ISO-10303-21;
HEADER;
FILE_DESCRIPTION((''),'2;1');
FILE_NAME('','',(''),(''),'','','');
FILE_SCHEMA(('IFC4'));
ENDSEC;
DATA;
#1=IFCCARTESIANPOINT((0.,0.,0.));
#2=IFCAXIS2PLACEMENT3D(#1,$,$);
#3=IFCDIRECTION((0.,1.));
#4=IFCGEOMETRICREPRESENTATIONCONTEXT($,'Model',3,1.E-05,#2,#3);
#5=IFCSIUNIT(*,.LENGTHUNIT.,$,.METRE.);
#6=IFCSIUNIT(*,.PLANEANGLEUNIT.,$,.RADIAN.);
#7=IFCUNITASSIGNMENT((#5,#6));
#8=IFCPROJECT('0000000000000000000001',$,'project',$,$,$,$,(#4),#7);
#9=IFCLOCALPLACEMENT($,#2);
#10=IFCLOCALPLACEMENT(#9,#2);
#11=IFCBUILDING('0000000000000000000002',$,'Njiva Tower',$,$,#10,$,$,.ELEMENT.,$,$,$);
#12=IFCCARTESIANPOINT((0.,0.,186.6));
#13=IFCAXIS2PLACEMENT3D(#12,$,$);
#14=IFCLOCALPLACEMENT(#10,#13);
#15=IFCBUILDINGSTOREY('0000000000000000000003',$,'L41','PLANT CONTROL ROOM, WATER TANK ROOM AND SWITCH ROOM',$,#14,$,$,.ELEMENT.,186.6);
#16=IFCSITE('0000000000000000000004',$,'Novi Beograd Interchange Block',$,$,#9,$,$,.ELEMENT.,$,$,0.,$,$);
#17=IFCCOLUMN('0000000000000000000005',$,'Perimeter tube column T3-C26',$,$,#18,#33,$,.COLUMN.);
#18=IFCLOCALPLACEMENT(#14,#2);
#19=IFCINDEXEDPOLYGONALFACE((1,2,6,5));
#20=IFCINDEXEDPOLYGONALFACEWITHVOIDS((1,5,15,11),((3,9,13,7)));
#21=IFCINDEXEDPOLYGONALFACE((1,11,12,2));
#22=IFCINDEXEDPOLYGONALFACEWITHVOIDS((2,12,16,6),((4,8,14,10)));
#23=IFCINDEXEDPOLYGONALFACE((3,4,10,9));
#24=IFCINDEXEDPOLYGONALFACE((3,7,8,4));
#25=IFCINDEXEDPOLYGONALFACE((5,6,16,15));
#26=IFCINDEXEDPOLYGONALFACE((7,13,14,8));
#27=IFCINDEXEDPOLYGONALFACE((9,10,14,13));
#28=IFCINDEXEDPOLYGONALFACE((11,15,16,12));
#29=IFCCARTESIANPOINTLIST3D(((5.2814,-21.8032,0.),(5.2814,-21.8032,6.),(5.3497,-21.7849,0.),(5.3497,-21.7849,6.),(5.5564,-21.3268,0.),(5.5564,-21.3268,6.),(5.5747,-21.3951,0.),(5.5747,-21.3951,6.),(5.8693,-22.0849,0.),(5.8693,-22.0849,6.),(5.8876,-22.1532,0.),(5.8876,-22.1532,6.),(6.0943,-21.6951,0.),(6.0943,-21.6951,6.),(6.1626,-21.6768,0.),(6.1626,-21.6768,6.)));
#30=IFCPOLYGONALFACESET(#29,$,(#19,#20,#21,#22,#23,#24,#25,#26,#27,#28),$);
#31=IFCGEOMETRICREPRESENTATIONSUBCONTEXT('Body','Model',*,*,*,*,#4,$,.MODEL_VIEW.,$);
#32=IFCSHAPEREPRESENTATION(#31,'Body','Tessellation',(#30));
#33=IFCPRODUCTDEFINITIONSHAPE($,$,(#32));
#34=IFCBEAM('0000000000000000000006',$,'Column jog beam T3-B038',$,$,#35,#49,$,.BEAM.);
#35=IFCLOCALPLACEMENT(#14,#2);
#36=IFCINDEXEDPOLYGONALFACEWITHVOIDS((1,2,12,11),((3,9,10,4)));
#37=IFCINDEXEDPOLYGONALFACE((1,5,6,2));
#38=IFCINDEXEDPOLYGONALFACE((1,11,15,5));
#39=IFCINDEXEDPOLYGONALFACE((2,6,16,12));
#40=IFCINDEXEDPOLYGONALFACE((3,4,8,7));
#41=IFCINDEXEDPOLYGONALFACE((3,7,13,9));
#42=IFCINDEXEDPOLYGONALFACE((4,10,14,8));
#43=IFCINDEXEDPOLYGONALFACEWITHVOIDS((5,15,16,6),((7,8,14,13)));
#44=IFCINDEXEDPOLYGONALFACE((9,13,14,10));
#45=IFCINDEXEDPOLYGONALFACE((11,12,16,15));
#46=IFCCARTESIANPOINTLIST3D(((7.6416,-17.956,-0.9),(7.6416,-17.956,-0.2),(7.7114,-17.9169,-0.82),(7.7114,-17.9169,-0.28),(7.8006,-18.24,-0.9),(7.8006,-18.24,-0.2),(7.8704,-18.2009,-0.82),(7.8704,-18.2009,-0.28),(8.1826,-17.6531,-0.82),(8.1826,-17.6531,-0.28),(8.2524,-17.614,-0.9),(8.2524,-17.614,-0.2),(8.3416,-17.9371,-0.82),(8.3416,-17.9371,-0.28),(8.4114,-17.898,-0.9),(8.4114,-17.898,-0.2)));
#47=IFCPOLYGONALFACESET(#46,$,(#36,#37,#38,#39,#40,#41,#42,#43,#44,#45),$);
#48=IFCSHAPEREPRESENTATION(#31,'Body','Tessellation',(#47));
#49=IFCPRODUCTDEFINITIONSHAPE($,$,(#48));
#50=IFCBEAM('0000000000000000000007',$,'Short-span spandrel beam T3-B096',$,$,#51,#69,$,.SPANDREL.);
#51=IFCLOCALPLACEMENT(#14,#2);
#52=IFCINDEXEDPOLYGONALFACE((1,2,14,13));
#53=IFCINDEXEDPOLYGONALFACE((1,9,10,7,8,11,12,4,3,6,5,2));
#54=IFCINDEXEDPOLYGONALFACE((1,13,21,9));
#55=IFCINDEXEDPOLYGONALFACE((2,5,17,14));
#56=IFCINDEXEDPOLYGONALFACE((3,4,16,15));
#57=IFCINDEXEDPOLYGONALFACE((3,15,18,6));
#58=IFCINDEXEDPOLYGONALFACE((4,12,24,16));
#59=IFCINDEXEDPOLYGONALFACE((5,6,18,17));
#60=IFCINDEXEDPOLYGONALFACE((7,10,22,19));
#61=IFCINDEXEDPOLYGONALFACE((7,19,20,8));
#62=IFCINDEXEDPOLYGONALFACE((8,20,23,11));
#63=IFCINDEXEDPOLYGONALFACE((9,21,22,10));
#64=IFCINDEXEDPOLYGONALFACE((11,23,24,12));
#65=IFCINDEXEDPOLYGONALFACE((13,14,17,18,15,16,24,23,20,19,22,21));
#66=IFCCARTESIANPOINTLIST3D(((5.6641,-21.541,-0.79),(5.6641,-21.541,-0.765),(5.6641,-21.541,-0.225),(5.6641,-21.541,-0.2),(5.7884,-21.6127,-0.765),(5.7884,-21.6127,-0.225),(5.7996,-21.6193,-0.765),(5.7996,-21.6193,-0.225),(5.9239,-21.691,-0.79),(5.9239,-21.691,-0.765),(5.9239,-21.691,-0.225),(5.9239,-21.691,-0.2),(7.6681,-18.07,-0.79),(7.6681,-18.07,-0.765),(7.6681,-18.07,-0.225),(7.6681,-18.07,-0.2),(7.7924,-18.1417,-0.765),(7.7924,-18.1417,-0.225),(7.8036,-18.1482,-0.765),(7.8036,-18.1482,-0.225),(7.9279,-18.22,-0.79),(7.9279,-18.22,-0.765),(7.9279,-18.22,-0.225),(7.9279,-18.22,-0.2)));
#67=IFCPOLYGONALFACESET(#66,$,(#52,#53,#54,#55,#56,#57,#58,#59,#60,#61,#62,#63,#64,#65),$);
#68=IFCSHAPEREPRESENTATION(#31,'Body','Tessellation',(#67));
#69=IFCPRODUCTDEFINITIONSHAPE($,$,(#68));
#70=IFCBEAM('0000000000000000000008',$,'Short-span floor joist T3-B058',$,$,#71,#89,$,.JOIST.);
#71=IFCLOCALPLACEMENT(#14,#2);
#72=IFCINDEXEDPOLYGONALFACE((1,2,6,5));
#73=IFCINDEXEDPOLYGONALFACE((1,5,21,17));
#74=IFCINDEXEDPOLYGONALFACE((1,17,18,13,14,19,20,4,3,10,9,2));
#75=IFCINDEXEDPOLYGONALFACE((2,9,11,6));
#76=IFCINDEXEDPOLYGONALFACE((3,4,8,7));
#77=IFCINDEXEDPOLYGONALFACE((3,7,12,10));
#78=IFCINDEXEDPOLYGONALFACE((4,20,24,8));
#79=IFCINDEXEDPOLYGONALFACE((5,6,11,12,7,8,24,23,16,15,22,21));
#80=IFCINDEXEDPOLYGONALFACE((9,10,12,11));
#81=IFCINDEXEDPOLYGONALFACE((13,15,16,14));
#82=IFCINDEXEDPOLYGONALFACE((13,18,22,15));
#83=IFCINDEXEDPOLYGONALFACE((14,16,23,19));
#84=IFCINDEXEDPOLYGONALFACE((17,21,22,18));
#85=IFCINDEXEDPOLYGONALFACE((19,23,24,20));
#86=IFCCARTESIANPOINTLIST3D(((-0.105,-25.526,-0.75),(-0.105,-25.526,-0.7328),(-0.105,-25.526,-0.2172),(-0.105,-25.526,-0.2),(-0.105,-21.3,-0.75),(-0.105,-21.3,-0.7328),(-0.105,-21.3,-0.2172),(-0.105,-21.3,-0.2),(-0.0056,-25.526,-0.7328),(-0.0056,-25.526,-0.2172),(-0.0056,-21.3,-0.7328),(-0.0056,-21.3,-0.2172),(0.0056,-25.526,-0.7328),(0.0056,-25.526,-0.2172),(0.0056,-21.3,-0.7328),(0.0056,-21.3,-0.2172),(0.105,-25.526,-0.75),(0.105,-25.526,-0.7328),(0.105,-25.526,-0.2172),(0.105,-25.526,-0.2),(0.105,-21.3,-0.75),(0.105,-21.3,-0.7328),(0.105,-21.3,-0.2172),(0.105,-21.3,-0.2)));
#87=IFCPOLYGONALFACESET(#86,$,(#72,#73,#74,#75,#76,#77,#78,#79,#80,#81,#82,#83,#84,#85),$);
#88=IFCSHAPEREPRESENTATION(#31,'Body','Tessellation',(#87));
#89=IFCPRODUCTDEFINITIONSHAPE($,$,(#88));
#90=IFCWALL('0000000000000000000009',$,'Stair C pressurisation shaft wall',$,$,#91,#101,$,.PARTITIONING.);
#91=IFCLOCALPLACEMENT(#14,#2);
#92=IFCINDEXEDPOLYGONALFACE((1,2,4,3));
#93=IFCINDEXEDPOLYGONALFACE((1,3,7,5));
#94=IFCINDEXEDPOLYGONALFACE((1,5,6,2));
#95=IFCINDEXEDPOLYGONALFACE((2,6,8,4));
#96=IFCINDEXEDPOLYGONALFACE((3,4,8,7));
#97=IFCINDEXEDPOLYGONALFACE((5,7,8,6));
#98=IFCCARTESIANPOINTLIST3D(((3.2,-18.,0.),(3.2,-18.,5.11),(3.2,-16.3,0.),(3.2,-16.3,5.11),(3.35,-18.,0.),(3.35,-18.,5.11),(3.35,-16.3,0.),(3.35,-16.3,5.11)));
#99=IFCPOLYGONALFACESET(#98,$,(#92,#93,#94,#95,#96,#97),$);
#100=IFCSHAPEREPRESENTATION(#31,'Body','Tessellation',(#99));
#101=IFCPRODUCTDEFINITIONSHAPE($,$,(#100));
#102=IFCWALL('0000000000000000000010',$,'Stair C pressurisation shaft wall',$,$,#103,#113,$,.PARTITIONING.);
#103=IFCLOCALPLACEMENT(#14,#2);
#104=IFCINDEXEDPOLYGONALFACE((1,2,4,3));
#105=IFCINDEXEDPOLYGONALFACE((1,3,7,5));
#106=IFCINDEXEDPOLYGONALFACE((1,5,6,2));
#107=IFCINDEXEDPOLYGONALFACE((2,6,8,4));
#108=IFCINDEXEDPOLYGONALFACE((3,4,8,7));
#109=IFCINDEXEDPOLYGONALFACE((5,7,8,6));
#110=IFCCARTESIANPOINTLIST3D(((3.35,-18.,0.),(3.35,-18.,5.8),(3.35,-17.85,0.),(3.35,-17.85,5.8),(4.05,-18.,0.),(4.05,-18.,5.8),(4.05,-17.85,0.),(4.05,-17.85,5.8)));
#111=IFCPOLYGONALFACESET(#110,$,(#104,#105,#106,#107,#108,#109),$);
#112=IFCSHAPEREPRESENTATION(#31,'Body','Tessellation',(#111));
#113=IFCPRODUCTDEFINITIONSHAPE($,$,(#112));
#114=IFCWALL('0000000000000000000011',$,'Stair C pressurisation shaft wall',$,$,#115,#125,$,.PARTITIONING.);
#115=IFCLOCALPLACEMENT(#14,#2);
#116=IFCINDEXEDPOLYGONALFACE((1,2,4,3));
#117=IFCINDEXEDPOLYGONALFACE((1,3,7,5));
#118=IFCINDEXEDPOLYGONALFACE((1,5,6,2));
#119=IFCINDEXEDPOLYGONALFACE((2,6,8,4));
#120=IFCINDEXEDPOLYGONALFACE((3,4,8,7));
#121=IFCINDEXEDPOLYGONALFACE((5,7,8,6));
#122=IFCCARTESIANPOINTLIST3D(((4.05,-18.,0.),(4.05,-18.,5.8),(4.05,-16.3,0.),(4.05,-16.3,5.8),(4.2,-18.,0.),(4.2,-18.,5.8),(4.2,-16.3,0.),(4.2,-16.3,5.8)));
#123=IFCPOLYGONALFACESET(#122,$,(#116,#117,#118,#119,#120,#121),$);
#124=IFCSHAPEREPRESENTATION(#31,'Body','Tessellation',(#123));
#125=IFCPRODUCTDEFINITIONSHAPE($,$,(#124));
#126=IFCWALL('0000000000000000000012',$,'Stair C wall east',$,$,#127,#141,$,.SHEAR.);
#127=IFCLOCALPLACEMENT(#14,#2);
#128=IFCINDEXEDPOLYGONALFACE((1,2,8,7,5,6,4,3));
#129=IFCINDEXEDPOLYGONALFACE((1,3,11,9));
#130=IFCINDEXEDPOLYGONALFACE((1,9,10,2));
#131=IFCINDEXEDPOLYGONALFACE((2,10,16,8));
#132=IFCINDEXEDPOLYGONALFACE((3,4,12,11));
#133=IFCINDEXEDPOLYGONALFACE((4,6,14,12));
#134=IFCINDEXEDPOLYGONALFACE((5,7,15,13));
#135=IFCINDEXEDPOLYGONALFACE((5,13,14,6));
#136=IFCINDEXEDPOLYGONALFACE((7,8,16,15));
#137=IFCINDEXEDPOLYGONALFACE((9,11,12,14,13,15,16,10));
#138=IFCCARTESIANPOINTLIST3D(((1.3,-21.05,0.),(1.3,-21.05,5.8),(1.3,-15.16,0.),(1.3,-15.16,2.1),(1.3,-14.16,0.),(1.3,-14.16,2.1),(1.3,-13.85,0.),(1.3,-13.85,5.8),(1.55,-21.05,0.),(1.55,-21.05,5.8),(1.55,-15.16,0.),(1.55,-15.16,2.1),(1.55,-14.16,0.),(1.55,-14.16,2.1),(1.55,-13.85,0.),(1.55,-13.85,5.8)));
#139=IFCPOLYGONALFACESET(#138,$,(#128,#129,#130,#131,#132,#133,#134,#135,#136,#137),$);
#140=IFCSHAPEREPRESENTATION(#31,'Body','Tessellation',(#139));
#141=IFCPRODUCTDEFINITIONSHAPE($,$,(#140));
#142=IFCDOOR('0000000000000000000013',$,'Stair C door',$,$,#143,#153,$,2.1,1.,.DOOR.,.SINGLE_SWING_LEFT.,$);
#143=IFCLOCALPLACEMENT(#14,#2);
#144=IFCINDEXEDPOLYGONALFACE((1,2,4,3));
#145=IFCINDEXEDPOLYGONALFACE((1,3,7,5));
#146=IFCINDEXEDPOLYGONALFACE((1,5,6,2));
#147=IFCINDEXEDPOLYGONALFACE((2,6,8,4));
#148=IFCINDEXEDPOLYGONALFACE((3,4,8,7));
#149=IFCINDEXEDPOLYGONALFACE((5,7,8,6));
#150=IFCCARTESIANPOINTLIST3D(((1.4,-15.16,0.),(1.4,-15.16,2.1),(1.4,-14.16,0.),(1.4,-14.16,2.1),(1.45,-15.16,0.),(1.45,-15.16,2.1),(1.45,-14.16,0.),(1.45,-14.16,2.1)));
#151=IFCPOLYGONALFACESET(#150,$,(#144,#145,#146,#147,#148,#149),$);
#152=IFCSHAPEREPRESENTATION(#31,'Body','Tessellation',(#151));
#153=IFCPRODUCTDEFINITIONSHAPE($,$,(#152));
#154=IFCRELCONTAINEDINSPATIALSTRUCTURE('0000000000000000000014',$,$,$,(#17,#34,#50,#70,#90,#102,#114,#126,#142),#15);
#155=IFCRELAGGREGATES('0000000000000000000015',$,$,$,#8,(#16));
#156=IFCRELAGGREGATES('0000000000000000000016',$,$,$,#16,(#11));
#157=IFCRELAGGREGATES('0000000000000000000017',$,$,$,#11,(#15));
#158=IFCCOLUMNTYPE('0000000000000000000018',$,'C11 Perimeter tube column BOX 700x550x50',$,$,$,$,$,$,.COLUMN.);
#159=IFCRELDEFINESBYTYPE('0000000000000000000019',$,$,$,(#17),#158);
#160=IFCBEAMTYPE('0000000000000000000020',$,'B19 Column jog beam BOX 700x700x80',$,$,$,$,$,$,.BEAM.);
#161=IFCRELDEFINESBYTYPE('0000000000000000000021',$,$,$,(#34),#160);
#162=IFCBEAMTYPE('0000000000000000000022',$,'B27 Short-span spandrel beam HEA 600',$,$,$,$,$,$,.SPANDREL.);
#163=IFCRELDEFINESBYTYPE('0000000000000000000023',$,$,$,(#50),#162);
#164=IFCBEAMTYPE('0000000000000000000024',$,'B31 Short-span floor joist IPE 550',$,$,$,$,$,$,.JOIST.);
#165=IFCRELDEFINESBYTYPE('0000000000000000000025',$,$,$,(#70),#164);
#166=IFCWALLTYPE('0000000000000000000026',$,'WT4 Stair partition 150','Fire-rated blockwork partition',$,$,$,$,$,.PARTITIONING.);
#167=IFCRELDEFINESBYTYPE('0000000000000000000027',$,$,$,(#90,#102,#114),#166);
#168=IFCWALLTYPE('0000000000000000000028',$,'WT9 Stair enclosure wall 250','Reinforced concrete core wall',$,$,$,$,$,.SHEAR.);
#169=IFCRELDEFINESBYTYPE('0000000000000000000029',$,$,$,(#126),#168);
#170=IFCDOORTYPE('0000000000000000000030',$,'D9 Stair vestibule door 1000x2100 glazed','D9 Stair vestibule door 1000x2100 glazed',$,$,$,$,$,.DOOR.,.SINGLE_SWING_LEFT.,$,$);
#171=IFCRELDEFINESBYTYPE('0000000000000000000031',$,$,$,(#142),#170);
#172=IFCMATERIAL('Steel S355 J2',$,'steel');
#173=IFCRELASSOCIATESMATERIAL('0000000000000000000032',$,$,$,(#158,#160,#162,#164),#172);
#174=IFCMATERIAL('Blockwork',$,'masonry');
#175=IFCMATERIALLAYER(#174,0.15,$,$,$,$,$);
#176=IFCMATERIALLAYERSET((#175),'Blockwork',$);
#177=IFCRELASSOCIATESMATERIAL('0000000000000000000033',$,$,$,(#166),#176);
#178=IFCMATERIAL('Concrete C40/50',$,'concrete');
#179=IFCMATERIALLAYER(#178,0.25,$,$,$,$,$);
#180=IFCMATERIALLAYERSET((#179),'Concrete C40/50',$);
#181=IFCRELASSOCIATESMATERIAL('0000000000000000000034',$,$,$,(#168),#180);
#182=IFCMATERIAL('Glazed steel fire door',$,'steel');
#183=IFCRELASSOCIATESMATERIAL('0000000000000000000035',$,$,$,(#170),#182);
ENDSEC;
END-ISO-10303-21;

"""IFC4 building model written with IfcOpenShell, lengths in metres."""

from ifc_helpers import new_model, si_unit, direction, frame, frame_2d, origin, origin_2d, place, context, subcontext, project, spatial, rectangle, hollow_rectangle, i_section, extrude, material, layer, layer_set, material_profile, profile_set, type_object, element, fill, save


model = new_model("IFC4")

# Units and contexts
model_context = context("Model", 3, precision=1e-05, world=origin(), true_north=direction((0.0, 1.0)))
body_context = subcontext(model_context, "Body", "Model", "MODEL_VIEW")
ifc_project = project(units=[si_unit("LENGTHUNIT", "METRE"), si_unit("PLANEANGLEUNIT", "RADIAN")], contexts=[model_context])

# Site, building, storey
site_placement = place(None, origin())
site = spatial("IfcSite", under=ifc_project, at=site_placement, Name="Novi Beograd Interchange Block", CompositionType="ELEMENT", RefElevation=0.0)
building_placement = place(site_placement, origin())
building = spatial("IfcBuilding", under=site, at=building_placement, Name="Njiva Tower", CompositionType="ELEMENT")
storey_placement = place(building_placement, frame((0.0, 0.0, 186.6)))
storey = spatial("IfcBuildingStorey", under=building, at=storey_placement, Name="L41", Description="PLANT CONTROL ROOM, WATER TANK ROOM AND SWITCH ROOM", CompositionType="ELEMENT", Elevation=186.6)

# Column
ifc_material_1 = material(Name="Steel S355 J2", Category="steel")
ifc_material_profile_1 = material_profile(ifc_material_1, hollow_rectangle(XDim=0.55, YDim=0.7, WallThickness=0.05, at=origin_2d()), Name="BOX 700x550x50")
ifc_profile_set_1 = profile_set([ifc_material_profile_1], Name="Steel S355 J2")
column_type = type_object("IfcColumnType", Name="C11 Perimeter tube column BOX 700x550x50", PredefinedType="COLUMN", material=ifc_profile_set_1)
column_placement = place(storey_placement, frame((5.722, -21.74, 0.0), z_axis=(0.0, 0.0, 1.0), x_axis=(0.5, 0.866025, 0.0)))
element("IfcColumn", 1, at=column_placement, inside=storey, type_object=column_type, Name="Perimeter tube column T3-C26", PredefinedType="COLUMN", context=body_context, shape_type="SweptSolid", body=[
    extrude(hollow_rectangle(XDim=0.55, YDim=0.7, WallThickness=0.05, at=origin_2d()), origin(), (0.0, 0.0, 1.0), 6.0),
])

# Beams
ifc_material_profile_2 = material_profile(ifc_material_1, hollow_rectangle(XDim=0.7, YDim=0.7, WallThickness=0.08, at=origin_2d()), Name="BOX 700x700x80")
ifc_profile_set_2 = profile_set([ifc_material_profile_2], Name="Steel S355 J2")
beam_type_1 = type_object("IfcBeamType", Name="B19 Column jog beam BOX 700x700x80", PredefinedType="BEAM", material=ifc_profile_set_2)
beam_1_placement = place(storey_placement, frame((8.106, -18.069, -0.55), z_axis=(-0.48851, 0.872558, 0.0), x_axis=(-0.872558, -0.48851, 0.0)))
element("IfcBeam", 2, at=beam_1_placement, inside=storey, type_object=beam_type_1, Name="Column jog beam T3-B038", PredefinedType="BEAM", context=body_context, shape_type="SweptSolid", body=[
    extrude(hollow_rectangle(XDim=0.7, YDim=0.7, WallThickness=0.08, at=origin_2d()), origin(), (0.0, 0.0, 1.0), 0.3255),
])
ifc_material_profile_3 = material_profile(ifc_material_1, i_section(OverallWidth=0.3, OverallDepth=0.59, WebThickness=0.013, FlangeThickness=0.025, at=origin_2d()), Name="HEA 600")
ifc_profile_set_3 = profile_set([ifc_material_profile_3], Name="Steel S355 J2")
beam_type_2 = type_object("IfcBeamType", Name="B27 Short-span spandrel beam HEA 600", PredefinedType="SPANDREL", material=ifc_profile_set_3)
beam_2_placement = place(storey_placement, frame((5.794, -21.616, -0.495), z_axis=(0.500003, 0.866024, 0.0), x_axis=(-0.866024, 0.500003, 0.0)))
element("IfcBeam", 3, at=beam_2_placement, inside=storey, type_object=beam_type_2, Name="Short-span spandrel beam T3-B096", PredefinedType="SPANDREL", context=body_context, shape_type="SweptSolid", body=[
    extrude(i_section(OverallWidth=0.3, OverallDepth=0.59, WebThickness=0.013, FlangeThickness=0.025, at=origin_2d()), origin(), (0.0, 0.0, 1.0), 4.008),
])
ifc_material_profile_4 = material_profile(ifc_material_1, i_section(OverallWidth=0.21, OverallDepth=0.55, WebThickness=0.0111, FlangeThickness=0.0172, at=origin_2d()), Name="IPE 550")
ifc_profile_set_4 = profile_set([ifc_material_profile_4], Name="Steel S355 J2")
beam_type_3 = type_object("IfcBeamType", Name="B31 Short-span floor joist IPE 550", PredefinedType="JOIST", material=ifc_profile_set_4)
beam_3_placement = place(storey_placement, frame((0.0, -21.3, -0.475), z_axis=(0.0, -1.0, 0.0), x_axis=(1.0, 0.0, 0.0)))
element("IfcBeam", 4, at=beam_3_placement, inside=storey, type_object=beam_type_3, Name="Short-span floor joist T3-B058", PredefinedType="JOIST", context=body_context, shape_type="SweptSolid", body=[
    extrude(i_section(OverallWidth=0.21, OverallDepth=0.55, WebThickness=0.0111, FlangeThickness=0.0172, at=origin_2d()), origin(), (0.0, 0.0, 1.0), 4.226),
])

# Walls
ifc_material_2 = material(Name="Blockwork", Category="masonry")
ifc_layer_1 = layer(ifc_material_2, 0.15)
ifc_layer_set_1 = layer_set([ifc_layer_1], Name="Blockwork")
wall_type_1 = type_object("IfcWallType", Name="WT4 Stair partition 150", Description="Fire-rated blockwork partition", PredefinedType="PARTITIONING", material=ifc_layer_set_1)
wall_1_placement = place(storey_placement, frame((3.275, -18.0, 0.0), z_axis=(0.0, 0.0, 1.0), x_axis=(0.0, 1.0, 0.0)))
element("IfcWall", 5, at=wall_1_placement, inside=storey, type_object=wall_type_1, Name="Stair C pressurisation shaft wall", PredefinedType="PARTITIONING", context=body_context, shape_type="SweptSolid", body=[
    extrude(rectangle(XDim=1.7, YDim=0.15, at=frame_2d((0.85, 0.0))), origin(), (0.0, 0.0, 1.0), 5.11),
])
wall_2_placement = place(storey_placement, frame((3.35, -17.925, 0.0), z_axis=(0.0, 0.0, 1.0), x_axis=(1.0, 0.0, 0.0)))
element("IfcWall", 6, at=wall_2_placement, inside=storey, type_object=wall_type_1, Name="Stair C pressurisation shaft wall", PredefinedType="PARTITIONING", context=body_context, shape_type="SweptSolid", body=[
    extrude(rectangle(XDim=0.7, YDim=0.15, at=frame_2d((0.35, 0.0))), origin(), (0.0, 0.0, 1.0), 5.8),
])
wall_3_placement = place(storey_placement, frame((4.125, -18.0, 0.0), z_axis=(0.0, 0.0, 1.0), x_axis=(0.0, 1.0, 0.0)))
element("IfcWall", 7, at=wall_3_placement, inside=storey, type_object=wall_type_1, Name="Stair C pressurisation shaft wall", PredefinedType="PARTITIONING", context=body_context, shape_type="SweptSolid", body=[
    extrude(rectangle(XDim=1.7, YDim=0.15, at=frame_2d((0.85, 0.0))), origin(), (0.0, 0.0, 1.0), 5.8),
])

# Wall, opening, door
ifc_material_3 = material(Name="Concrete C40/50", Category="concrete")
ifc_layer_2 = layer(ifc_material_3, 0.25)
ifc_layer_set_2 = layer_set([ifc_layer_2], Name="Concrete C40/50")
wall_type_2 = type_object("IfcWallType", Name="WT9 Stair enclosure wall 250", Description="Reinforced concrete core wall", PredefinedType="SHEAR", material=ifc_layer_set_2)
wall_4_placement = place(storey_placement, frame((1.425, -21.05, 0.0), z_axis=(0.0, 0.0, 1.0), x_axis=(0.0, 1.0, 0.0)))
wall_4 = element("IfcWall", 8, at=wall_4_placement, inside=storey, type_object=wall_type_2, Name="Stair C wall east", PredefinedType="SHEAR", context=body_context, shape_type="SweptSolid", body=[
    extrude(rectangle(XDim=7.2, YDim=0.25, at=frame_2d((3.6, 0.0))), origin(), (0.0, 0.0, 1.0), 5.8),
])
opening_placement = place(wall_4_placement, frame((5.89, 0.0, 0.0)))
opening = element("IfcOpeningElement", 9, at=opening_placement, cuts=wall_4, PredefinedType="OPENING", context=body_context, shape_type="SweptSolid", body=[
    extrude(rectangle(XDim=1.0, YDim=2.1, at=frame_2d((0.5, 1.05))), frame((0.0, 0.135, 0.0), z_axis=(0.0, -1.0, 0.0), x_axis=(1.0, 0.0, 0.0)), (0.0, 0.0, 1.0), 0.27),
])
ifc_material_4 = material(Name="Glazed steel fire door", Category="steel")
door_type = type_object("IfcDoorType", Name="D9 Stair vestibule door 1000x2100 glazed", Description="D9 Stair vestibule door 1000x2100 glazed", OperationType="SINGLE_SWING_LEFT", PredefinedType="DOOR", material=ifc_material_4)
door_placement = place(opening_placement, origin())
door = element("IfcDoor", 10, at=door_placement, inside=storey, type_object=door_type, Name="Stair C door", OperationType="SINGLE_SWING_LEFT", OverallHeight=2.1, OverallWidth=1.0, PredefinedType="DOOR", context=body_context, shape_type="SweptSolid", body=[
    extrude(rectangle(XDim=1.0, YDim=2.1, at=frame_2d((0.5, 1.05))), frame((0.0, 0.025, 0.0), z_axis=(0.0, -1.0, 0.0), x_axis=(1.0, 0.0, 0.0)), (0.0, 0.0, 1.0), 0.05),
])
fill(opening, door)

save(model, "model.ifc")
